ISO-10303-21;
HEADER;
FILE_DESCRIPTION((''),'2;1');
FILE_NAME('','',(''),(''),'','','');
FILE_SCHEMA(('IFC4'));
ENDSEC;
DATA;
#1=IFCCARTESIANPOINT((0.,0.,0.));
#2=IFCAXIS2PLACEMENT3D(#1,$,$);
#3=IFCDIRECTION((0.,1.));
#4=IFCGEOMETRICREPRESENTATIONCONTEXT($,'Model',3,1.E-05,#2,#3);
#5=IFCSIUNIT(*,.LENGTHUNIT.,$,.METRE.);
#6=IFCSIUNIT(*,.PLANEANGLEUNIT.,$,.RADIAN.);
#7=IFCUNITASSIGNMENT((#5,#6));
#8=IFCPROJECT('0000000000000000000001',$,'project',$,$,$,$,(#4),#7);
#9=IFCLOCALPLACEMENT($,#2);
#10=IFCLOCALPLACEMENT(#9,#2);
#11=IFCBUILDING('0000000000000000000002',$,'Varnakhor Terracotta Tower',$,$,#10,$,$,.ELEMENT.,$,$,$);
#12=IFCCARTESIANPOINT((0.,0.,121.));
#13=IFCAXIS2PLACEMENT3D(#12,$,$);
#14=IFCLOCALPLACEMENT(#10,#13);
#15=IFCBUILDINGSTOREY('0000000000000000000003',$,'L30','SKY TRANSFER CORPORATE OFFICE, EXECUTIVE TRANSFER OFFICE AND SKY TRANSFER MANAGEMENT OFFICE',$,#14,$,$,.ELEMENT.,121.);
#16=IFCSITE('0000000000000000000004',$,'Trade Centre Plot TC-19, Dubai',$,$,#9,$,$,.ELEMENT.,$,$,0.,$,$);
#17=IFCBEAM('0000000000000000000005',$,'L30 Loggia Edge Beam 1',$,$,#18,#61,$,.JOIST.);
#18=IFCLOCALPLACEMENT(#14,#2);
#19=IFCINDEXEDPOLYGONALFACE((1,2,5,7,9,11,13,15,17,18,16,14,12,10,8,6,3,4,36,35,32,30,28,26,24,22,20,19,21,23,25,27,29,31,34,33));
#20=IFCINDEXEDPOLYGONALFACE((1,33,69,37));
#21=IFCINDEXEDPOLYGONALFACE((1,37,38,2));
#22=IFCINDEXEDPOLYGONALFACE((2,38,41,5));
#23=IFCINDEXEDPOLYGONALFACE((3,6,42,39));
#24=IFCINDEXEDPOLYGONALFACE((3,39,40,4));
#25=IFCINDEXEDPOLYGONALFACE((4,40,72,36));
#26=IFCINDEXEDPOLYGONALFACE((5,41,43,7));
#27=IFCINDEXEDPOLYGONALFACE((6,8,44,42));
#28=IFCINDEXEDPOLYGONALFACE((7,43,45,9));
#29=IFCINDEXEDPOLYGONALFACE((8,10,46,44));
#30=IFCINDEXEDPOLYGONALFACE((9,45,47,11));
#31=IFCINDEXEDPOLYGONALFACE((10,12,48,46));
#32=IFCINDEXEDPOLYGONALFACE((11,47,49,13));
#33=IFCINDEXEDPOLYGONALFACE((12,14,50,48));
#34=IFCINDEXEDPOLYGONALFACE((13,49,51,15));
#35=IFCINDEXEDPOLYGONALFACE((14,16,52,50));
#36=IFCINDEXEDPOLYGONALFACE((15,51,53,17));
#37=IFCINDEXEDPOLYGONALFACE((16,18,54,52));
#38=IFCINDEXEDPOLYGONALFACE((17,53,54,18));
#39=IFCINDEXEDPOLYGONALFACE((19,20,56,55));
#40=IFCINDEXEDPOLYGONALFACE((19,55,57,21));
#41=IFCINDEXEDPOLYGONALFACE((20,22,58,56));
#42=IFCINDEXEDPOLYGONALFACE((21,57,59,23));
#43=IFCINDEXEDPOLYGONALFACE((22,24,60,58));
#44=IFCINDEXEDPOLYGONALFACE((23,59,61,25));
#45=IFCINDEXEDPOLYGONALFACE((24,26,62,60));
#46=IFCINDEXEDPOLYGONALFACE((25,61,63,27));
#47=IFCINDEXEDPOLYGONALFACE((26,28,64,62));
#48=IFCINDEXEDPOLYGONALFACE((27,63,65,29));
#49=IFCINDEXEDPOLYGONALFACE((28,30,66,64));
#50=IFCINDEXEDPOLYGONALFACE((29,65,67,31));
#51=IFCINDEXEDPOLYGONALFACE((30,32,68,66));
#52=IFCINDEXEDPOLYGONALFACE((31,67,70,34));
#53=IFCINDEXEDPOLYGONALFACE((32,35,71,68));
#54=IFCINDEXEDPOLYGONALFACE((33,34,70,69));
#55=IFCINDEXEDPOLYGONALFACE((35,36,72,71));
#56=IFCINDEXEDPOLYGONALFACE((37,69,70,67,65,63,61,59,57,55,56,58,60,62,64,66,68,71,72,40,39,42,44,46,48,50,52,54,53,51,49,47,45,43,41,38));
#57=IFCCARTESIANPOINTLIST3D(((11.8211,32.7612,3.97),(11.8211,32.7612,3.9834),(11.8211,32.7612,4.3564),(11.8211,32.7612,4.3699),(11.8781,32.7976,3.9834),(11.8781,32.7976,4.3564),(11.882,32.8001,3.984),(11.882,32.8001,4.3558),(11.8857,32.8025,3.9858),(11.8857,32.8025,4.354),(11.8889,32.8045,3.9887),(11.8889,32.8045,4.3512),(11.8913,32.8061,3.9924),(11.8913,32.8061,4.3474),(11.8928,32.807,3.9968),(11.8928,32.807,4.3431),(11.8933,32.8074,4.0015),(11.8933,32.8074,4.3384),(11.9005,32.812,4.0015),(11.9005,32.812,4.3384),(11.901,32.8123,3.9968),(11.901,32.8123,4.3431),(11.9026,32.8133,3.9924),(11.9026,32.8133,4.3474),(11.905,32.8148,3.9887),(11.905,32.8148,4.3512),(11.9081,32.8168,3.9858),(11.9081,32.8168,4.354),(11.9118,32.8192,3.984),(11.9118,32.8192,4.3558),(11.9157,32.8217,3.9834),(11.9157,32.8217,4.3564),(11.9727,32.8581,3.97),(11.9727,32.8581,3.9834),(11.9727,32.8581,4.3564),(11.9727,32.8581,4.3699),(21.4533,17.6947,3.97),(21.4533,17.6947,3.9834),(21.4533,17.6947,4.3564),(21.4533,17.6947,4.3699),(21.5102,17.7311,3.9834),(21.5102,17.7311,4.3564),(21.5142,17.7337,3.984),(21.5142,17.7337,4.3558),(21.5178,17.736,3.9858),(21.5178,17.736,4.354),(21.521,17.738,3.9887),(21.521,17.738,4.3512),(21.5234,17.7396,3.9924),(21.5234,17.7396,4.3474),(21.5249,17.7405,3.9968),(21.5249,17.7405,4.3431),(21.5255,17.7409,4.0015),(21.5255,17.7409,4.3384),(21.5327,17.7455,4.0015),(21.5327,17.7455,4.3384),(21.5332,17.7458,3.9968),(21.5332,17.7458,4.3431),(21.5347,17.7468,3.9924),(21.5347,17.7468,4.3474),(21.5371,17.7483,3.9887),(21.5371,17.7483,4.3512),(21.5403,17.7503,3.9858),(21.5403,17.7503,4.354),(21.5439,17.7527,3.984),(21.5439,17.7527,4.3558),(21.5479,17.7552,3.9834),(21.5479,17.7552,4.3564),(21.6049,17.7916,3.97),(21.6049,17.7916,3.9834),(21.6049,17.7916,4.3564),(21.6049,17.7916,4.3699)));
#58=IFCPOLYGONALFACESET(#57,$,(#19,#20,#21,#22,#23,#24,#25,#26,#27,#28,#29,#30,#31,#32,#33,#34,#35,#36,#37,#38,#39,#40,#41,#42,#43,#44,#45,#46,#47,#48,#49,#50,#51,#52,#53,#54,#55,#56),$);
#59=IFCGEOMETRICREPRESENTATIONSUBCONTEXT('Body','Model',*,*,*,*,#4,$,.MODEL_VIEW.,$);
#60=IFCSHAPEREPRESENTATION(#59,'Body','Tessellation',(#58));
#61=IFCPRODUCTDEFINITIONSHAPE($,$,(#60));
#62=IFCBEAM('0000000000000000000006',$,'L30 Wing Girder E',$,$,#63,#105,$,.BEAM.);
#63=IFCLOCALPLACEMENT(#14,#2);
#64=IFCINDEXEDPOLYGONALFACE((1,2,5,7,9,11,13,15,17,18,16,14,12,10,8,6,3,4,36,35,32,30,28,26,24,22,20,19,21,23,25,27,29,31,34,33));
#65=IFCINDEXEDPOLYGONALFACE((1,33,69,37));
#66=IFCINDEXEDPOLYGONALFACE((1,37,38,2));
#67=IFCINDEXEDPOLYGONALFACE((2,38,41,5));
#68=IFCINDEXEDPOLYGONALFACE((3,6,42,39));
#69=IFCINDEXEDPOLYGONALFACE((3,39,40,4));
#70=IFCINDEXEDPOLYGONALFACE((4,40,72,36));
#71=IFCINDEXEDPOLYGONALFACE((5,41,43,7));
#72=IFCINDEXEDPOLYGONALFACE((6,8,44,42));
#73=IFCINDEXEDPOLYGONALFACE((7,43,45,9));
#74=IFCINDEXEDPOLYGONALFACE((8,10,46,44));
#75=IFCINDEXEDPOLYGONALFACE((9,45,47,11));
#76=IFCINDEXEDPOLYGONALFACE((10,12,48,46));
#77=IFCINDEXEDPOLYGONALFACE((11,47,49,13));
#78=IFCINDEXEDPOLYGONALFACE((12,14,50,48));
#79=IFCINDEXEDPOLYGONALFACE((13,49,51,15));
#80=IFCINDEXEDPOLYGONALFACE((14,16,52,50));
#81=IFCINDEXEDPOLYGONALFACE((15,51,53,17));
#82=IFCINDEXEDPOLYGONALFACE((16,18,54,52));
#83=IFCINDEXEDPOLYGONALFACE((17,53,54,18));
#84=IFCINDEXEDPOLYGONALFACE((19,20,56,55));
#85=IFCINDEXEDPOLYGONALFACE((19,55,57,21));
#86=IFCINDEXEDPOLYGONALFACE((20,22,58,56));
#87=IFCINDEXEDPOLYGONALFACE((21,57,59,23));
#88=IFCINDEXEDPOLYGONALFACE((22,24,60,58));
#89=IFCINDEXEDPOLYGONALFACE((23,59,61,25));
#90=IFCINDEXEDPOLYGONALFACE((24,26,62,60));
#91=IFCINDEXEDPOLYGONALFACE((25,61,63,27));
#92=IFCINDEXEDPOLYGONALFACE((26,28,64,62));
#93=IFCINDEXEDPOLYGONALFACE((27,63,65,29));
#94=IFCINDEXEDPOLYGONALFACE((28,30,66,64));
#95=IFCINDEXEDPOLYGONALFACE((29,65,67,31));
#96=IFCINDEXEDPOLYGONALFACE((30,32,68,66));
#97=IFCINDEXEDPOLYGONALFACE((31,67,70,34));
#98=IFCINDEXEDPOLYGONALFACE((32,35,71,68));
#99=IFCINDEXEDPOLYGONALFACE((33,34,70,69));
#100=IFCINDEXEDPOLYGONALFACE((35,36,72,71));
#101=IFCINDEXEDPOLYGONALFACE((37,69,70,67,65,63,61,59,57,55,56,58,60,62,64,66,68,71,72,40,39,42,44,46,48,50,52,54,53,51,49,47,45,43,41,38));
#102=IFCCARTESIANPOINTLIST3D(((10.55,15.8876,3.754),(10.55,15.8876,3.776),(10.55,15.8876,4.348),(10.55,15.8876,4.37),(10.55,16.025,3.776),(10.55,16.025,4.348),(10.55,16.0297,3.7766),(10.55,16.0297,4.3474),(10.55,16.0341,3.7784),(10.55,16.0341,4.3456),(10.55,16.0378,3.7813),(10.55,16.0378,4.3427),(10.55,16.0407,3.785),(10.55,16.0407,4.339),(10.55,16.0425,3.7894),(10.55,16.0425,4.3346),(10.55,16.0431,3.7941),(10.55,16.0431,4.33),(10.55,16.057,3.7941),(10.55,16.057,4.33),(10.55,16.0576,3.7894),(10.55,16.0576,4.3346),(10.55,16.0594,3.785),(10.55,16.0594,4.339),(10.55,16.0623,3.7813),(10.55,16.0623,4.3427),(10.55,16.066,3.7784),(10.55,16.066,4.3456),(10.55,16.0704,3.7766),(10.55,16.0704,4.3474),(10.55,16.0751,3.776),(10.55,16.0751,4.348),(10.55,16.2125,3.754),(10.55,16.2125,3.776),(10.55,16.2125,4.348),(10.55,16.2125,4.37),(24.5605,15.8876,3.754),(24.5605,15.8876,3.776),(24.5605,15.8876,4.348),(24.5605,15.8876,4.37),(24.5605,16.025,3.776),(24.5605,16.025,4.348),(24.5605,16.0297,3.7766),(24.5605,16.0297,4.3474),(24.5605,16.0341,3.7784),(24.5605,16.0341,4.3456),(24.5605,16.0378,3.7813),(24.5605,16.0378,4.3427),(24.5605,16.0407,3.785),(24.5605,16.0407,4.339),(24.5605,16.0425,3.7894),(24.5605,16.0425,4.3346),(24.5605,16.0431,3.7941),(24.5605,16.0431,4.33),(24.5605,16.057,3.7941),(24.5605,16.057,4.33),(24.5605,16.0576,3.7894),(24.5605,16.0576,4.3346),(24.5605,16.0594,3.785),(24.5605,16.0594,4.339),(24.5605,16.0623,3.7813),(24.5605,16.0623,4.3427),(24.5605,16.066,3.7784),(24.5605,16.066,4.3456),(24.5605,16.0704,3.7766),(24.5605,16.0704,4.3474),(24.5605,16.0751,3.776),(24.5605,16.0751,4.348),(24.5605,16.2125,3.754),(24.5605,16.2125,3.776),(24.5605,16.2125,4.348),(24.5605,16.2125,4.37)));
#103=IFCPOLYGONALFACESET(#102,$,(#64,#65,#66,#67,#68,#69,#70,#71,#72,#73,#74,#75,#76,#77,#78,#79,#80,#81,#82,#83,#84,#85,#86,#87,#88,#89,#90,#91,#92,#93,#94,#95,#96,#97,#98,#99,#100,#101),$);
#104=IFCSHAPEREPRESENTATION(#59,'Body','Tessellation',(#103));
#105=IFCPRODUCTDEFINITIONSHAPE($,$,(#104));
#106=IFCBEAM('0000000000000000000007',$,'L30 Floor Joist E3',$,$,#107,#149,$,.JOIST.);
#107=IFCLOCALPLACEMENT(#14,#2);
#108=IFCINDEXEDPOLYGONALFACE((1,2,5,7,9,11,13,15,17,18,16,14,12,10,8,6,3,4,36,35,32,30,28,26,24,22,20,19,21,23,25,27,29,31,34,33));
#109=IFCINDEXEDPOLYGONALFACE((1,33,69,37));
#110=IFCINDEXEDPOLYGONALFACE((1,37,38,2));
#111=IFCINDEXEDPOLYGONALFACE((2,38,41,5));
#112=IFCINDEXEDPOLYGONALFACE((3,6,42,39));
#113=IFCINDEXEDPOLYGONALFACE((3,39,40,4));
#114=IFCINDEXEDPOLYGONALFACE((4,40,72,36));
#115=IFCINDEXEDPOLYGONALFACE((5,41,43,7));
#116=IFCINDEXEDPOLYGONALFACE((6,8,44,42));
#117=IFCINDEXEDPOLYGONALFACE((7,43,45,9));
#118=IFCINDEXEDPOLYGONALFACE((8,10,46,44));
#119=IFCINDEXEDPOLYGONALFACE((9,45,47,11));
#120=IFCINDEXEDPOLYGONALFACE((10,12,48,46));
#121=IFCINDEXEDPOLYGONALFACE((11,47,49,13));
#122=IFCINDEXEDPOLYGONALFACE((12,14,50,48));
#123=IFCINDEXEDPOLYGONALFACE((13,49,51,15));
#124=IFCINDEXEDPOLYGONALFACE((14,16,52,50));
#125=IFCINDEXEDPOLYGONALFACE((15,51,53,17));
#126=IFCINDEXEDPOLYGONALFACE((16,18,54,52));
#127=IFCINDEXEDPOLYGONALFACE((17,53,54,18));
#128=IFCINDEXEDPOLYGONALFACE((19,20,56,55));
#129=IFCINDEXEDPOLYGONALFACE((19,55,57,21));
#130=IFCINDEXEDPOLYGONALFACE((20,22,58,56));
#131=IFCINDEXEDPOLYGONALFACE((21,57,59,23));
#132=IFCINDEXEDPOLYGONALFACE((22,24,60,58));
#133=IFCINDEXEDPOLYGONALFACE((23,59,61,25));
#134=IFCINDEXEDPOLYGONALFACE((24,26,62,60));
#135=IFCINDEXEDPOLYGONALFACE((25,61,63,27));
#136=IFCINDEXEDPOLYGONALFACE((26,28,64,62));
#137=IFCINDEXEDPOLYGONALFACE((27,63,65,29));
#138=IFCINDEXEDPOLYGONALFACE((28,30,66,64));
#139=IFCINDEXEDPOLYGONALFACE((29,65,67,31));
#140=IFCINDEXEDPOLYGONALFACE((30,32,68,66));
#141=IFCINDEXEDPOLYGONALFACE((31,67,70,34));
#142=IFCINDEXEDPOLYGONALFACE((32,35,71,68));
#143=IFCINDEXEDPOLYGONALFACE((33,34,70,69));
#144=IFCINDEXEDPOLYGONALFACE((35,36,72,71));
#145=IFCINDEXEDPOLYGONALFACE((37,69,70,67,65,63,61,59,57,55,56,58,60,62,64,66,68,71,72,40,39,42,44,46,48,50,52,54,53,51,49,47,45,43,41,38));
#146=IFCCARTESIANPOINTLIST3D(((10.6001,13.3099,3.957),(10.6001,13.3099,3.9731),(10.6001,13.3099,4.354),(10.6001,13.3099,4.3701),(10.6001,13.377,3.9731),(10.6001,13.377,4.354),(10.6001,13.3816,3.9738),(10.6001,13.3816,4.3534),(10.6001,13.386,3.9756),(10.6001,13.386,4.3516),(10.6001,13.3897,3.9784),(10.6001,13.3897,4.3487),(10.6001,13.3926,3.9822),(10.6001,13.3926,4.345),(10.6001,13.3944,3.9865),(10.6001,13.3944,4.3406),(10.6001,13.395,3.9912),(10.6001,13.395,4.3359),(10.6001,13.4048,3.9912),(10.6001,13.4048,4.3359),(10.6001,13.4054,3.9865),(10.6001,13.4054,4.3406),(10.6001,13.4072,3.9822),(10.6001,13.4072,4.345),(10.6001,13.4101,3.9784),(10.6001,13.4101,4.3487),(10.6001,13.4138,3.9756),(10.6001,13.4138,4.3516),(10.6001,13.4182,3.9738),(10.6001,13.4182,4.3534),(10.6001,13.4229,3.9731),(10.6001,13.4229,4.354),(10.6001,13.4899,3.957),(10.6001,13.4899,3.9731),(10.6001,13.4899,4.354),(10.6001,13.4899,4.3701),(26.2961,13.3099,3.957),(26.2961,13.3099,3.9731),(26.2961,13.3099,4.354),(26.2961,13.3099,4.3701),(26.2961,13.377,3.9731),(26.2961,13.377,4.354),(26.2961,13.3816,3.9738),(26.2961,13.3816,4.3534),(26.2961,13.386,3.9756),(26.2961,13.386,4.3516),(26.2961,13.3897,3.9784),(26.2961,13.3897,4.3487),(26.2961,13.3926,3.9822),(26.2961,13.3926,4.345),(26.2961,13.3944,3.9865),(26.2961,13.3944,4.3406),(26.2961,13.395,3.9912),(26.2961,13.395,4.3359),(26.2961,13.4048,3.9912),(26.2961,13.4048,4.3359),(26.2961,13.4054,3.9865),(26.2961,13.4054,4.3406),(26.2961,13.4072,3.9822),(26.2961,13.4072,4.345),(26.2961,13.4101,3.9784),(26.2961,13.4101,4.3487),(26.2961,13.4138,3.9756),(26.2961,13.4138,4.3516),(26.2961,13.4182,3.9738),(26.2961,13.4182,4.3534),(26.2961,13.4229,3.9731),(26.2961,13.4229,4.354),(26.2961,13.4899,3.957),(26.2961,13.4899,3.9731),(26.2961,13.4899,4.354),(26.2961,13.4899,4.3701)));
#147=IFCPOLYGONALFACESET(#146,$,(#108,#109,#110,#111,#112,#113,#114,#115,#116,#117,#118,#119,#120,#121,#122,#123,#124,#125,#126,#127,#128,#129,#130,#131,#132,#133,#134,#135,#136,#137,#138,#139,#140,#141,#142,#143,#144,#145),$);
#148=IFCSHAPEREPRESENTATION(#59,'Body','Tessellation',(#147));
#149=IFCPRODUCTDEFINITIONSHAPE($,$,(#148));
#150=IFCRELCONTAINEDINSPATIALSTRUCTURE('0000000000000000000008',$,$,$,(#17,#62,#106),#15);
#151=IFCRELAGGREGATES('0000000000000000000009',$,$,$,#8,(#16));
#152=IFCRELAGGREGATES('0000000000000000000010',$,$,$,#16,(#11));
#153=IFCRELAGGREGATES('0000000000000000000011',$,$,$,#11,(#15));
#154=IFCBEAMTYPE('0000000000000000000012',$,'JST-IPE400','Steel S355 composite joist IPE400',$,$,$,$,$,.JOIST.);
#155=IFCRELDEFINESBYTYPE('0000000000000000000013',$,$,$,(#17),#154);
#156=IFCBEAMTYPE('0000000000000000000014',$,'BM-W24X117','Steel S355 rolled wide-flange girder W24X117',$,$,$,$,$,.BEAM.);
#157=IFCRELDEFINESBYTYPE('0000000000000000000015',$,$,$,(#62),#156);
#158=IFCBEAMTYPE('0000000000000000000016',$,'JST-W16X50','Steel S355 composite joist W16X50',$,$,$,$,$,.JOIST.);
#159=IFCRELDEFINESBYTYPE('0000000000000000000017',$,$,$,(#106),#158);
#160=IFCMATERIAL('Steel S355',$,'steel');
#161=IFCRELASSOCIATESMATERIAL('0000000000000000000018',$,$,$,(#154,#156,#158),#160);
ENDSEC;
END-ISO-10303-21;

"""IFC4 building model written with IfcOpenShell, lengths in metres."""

from ifc_helpers import new_model, si_unit, direction, frame, origin, origin_2d, place, context, subcontext, project, spatial, i_section, extrude, source, transform, mapped, material, material_profile, profile_set, type_object, element, save


model = new_model("IFC4")

# Units and contexts
model_context = context("Model", 3, precision=1e-05, world=origin(), true_north=direction((0.0, 1.0)))
body_context = subcontext(model_context, "Body", "Model", "MODEL_VIEW")
ifc_project = project(units=[si_unit("LENGTHUNIT", "METRE"), si_unit("PLANEANGLEUNIT", "RADIAN")], contexts=[model_context])

# Site, building, storey
site_placement = place(None, origin())
site = spatial("IfcSite", under=ifc_project, at=site_placement, Name="Trade Centre Plot TC-19, Dubai", CompositionType="ELEMENT", RefElevation=0.0)
building_placement = place(site_placement, origin())
building = spatial("IfcBuilding", under=site, at=building_placement, Name="Varnakhor Terracotta Tower", CompositionType="ELEMENT")
storey_placement = place(building_placement, frame((0.0, 0.0, 121.0)))
storey = spatial("IfcBuildingStorey", under=building, at=storey_placement, Name="L30", Description="SKY TRANSFER CORPORATE OFFICE, EXECUTIVE TRANSFER OFFICE AND SKY TRANSFER MANAGEMENT OFFICE", CompositionType="ELEMENT", Elevation=121.0)

# Beams
ifc_material_1 = material(Name="Steel S355", Category="steel")
ifc_material_profile_1 = material_profile(ifc_material_1, i_section(OverallWidth=0.1799, OverallDepth=0.3999, WebThickness=0.0085, FlangeThickness=0.0134, FilletRadius=0.0181, at=origin_2d()), Name="IPE400")
ifc_profile_set_1 = profile_set([ifc_material_profile_1], Name="Steel S355")
beam_type_1 = type_object("IfcBeamType", Name="JST-IPE400", Description="Steel S355 composite joist IPE400", PredefinedType="JOIST", material=ifc_profile_set_1)
shared_shape_1 = source(origin(), body_context, "Body", "SweptSolid", [
    extrude(i_section(OverallWidth=0.1799, OverallDepth=0.3999, WebThickness=0.0085, FlangeThickness=0.0134, FilletRadius=0.0181, at=origin_2d()), origin(), (0.0, 0.0, 1.0), 17.8823),
])
beam_1_placement = place(storey_placement, frame((21.5291, 17.7432, 4.1699), z_axis=(-0.53864, 0.842536, 0.0), x_axis=(-0.842536, -0.53864, 0.0)))
element("IfcBeam", 1, at=beam_1_placement, inside=storey, type_object=beam_type_1, Name="L30 Loggia Edge Beam 1", PredefinedType="JOIST", context=body_context, shape_type="MappedRepresentation", body=[
    mapped(shared_shape_1, transform((0.0, 0.0, 0.0), scale=1.0)),
])
ifc_material_profile_2 = material_profile(ifc_material_1, i_section(OverallWidth=0.325, OverallDepth=0.616, WebThickness=0.0139, FlangeThickness=0.022, FilletRadius=0.0181, at=origin_2d()), Name="W24X117")
ifc_profile_set_2 = profile_set([ifc_material_profile_2], Name="Steel S355")
beam_type_2 = type_object("IfcBeamType", Name="BM-W24X117", Description="Steel S355 rolled wide-flange girder W24X117", PredefinedType="BEAM", material=ifc_profile_set_2)
shared_shape_2 = source(origin(), body_context, "Body", "SweptSolid", [
    extrude(i_section(OverallWidth=0.325, OverallDepth=0.616, WebThickness=0.0139, FlangeThickness=0.022, FilletRadius=0.0181, at=origin_2d()), origin(), (0.0, 0.0, 1.0), 14.0105),
])
beam_2_placement = place(storey_placement, frame((10.55, 16.05, 4.062), z_axis=(1.0, 0.0, 0.0), x_axis=(0.0, 1.0, 0.0)))
element("IfcBeam", 2, at=beam_2_placement, inside=storey, type_object=beam_type_2, Name="L30 Wing Girder E", PredefinedType="BEAM", context=body_context, shape_type="MappedRepresentation", body=[
    mapped(shared_shape_2, transform((0.0, 0.0, 0.0), scale=1.0)),
])
ifc_material_profile_3 = material_profile(ifc_material_1, i_section(OverallWidth=0.1799, OverallDepth=0.4131, WebThickness=0.0098, FlangeThickness=0.0161, FilletRadius=0.0181, at=origin_2d()), Name="W16X50")
ifc_profile_set_3 = profile_set([ifc_material_profile_3], Name="Steel S355")
beam_type_3 = type_object("IfcBeamType", Name="JST-W16X50", Description="Steel S355 composite joist W16X50", PredefinedType="JOIST", material=ifc_profile_set_3)
shared_shape_3 = source(origin(), body_context, "Body", "SweptSolid", [
    extrude(i_section(OverallWidth=0.1799, OverallDepth=0.4131, WebThickness=0.0098, FlangeThickness=0.0161, FilletRadius=0.0181, at=origin_2d()), origin(), (0.0, 0.0, 1.0), 15.696),
])
beam_3_placement = place(storey_placement, frame((10.6001, 13.3999, 4.1636), z_axis=(1.0, 0.0, 0.0), x_axis=(0.0, 1.0, 0.0)))
element("IfcBeam", 3, at=beam_3_placement, inside=storey, type_object=beam_type_3, Name="L30 Floor Joist E3", PredefinedType="JOIST", context=body_context, shape_type="MappedRepresentation", body=[
    mapped(shared_shape_3, transform((0.0, 0.0, 0.0), scale=1.0)),
])

save(model, "model.ifc")
